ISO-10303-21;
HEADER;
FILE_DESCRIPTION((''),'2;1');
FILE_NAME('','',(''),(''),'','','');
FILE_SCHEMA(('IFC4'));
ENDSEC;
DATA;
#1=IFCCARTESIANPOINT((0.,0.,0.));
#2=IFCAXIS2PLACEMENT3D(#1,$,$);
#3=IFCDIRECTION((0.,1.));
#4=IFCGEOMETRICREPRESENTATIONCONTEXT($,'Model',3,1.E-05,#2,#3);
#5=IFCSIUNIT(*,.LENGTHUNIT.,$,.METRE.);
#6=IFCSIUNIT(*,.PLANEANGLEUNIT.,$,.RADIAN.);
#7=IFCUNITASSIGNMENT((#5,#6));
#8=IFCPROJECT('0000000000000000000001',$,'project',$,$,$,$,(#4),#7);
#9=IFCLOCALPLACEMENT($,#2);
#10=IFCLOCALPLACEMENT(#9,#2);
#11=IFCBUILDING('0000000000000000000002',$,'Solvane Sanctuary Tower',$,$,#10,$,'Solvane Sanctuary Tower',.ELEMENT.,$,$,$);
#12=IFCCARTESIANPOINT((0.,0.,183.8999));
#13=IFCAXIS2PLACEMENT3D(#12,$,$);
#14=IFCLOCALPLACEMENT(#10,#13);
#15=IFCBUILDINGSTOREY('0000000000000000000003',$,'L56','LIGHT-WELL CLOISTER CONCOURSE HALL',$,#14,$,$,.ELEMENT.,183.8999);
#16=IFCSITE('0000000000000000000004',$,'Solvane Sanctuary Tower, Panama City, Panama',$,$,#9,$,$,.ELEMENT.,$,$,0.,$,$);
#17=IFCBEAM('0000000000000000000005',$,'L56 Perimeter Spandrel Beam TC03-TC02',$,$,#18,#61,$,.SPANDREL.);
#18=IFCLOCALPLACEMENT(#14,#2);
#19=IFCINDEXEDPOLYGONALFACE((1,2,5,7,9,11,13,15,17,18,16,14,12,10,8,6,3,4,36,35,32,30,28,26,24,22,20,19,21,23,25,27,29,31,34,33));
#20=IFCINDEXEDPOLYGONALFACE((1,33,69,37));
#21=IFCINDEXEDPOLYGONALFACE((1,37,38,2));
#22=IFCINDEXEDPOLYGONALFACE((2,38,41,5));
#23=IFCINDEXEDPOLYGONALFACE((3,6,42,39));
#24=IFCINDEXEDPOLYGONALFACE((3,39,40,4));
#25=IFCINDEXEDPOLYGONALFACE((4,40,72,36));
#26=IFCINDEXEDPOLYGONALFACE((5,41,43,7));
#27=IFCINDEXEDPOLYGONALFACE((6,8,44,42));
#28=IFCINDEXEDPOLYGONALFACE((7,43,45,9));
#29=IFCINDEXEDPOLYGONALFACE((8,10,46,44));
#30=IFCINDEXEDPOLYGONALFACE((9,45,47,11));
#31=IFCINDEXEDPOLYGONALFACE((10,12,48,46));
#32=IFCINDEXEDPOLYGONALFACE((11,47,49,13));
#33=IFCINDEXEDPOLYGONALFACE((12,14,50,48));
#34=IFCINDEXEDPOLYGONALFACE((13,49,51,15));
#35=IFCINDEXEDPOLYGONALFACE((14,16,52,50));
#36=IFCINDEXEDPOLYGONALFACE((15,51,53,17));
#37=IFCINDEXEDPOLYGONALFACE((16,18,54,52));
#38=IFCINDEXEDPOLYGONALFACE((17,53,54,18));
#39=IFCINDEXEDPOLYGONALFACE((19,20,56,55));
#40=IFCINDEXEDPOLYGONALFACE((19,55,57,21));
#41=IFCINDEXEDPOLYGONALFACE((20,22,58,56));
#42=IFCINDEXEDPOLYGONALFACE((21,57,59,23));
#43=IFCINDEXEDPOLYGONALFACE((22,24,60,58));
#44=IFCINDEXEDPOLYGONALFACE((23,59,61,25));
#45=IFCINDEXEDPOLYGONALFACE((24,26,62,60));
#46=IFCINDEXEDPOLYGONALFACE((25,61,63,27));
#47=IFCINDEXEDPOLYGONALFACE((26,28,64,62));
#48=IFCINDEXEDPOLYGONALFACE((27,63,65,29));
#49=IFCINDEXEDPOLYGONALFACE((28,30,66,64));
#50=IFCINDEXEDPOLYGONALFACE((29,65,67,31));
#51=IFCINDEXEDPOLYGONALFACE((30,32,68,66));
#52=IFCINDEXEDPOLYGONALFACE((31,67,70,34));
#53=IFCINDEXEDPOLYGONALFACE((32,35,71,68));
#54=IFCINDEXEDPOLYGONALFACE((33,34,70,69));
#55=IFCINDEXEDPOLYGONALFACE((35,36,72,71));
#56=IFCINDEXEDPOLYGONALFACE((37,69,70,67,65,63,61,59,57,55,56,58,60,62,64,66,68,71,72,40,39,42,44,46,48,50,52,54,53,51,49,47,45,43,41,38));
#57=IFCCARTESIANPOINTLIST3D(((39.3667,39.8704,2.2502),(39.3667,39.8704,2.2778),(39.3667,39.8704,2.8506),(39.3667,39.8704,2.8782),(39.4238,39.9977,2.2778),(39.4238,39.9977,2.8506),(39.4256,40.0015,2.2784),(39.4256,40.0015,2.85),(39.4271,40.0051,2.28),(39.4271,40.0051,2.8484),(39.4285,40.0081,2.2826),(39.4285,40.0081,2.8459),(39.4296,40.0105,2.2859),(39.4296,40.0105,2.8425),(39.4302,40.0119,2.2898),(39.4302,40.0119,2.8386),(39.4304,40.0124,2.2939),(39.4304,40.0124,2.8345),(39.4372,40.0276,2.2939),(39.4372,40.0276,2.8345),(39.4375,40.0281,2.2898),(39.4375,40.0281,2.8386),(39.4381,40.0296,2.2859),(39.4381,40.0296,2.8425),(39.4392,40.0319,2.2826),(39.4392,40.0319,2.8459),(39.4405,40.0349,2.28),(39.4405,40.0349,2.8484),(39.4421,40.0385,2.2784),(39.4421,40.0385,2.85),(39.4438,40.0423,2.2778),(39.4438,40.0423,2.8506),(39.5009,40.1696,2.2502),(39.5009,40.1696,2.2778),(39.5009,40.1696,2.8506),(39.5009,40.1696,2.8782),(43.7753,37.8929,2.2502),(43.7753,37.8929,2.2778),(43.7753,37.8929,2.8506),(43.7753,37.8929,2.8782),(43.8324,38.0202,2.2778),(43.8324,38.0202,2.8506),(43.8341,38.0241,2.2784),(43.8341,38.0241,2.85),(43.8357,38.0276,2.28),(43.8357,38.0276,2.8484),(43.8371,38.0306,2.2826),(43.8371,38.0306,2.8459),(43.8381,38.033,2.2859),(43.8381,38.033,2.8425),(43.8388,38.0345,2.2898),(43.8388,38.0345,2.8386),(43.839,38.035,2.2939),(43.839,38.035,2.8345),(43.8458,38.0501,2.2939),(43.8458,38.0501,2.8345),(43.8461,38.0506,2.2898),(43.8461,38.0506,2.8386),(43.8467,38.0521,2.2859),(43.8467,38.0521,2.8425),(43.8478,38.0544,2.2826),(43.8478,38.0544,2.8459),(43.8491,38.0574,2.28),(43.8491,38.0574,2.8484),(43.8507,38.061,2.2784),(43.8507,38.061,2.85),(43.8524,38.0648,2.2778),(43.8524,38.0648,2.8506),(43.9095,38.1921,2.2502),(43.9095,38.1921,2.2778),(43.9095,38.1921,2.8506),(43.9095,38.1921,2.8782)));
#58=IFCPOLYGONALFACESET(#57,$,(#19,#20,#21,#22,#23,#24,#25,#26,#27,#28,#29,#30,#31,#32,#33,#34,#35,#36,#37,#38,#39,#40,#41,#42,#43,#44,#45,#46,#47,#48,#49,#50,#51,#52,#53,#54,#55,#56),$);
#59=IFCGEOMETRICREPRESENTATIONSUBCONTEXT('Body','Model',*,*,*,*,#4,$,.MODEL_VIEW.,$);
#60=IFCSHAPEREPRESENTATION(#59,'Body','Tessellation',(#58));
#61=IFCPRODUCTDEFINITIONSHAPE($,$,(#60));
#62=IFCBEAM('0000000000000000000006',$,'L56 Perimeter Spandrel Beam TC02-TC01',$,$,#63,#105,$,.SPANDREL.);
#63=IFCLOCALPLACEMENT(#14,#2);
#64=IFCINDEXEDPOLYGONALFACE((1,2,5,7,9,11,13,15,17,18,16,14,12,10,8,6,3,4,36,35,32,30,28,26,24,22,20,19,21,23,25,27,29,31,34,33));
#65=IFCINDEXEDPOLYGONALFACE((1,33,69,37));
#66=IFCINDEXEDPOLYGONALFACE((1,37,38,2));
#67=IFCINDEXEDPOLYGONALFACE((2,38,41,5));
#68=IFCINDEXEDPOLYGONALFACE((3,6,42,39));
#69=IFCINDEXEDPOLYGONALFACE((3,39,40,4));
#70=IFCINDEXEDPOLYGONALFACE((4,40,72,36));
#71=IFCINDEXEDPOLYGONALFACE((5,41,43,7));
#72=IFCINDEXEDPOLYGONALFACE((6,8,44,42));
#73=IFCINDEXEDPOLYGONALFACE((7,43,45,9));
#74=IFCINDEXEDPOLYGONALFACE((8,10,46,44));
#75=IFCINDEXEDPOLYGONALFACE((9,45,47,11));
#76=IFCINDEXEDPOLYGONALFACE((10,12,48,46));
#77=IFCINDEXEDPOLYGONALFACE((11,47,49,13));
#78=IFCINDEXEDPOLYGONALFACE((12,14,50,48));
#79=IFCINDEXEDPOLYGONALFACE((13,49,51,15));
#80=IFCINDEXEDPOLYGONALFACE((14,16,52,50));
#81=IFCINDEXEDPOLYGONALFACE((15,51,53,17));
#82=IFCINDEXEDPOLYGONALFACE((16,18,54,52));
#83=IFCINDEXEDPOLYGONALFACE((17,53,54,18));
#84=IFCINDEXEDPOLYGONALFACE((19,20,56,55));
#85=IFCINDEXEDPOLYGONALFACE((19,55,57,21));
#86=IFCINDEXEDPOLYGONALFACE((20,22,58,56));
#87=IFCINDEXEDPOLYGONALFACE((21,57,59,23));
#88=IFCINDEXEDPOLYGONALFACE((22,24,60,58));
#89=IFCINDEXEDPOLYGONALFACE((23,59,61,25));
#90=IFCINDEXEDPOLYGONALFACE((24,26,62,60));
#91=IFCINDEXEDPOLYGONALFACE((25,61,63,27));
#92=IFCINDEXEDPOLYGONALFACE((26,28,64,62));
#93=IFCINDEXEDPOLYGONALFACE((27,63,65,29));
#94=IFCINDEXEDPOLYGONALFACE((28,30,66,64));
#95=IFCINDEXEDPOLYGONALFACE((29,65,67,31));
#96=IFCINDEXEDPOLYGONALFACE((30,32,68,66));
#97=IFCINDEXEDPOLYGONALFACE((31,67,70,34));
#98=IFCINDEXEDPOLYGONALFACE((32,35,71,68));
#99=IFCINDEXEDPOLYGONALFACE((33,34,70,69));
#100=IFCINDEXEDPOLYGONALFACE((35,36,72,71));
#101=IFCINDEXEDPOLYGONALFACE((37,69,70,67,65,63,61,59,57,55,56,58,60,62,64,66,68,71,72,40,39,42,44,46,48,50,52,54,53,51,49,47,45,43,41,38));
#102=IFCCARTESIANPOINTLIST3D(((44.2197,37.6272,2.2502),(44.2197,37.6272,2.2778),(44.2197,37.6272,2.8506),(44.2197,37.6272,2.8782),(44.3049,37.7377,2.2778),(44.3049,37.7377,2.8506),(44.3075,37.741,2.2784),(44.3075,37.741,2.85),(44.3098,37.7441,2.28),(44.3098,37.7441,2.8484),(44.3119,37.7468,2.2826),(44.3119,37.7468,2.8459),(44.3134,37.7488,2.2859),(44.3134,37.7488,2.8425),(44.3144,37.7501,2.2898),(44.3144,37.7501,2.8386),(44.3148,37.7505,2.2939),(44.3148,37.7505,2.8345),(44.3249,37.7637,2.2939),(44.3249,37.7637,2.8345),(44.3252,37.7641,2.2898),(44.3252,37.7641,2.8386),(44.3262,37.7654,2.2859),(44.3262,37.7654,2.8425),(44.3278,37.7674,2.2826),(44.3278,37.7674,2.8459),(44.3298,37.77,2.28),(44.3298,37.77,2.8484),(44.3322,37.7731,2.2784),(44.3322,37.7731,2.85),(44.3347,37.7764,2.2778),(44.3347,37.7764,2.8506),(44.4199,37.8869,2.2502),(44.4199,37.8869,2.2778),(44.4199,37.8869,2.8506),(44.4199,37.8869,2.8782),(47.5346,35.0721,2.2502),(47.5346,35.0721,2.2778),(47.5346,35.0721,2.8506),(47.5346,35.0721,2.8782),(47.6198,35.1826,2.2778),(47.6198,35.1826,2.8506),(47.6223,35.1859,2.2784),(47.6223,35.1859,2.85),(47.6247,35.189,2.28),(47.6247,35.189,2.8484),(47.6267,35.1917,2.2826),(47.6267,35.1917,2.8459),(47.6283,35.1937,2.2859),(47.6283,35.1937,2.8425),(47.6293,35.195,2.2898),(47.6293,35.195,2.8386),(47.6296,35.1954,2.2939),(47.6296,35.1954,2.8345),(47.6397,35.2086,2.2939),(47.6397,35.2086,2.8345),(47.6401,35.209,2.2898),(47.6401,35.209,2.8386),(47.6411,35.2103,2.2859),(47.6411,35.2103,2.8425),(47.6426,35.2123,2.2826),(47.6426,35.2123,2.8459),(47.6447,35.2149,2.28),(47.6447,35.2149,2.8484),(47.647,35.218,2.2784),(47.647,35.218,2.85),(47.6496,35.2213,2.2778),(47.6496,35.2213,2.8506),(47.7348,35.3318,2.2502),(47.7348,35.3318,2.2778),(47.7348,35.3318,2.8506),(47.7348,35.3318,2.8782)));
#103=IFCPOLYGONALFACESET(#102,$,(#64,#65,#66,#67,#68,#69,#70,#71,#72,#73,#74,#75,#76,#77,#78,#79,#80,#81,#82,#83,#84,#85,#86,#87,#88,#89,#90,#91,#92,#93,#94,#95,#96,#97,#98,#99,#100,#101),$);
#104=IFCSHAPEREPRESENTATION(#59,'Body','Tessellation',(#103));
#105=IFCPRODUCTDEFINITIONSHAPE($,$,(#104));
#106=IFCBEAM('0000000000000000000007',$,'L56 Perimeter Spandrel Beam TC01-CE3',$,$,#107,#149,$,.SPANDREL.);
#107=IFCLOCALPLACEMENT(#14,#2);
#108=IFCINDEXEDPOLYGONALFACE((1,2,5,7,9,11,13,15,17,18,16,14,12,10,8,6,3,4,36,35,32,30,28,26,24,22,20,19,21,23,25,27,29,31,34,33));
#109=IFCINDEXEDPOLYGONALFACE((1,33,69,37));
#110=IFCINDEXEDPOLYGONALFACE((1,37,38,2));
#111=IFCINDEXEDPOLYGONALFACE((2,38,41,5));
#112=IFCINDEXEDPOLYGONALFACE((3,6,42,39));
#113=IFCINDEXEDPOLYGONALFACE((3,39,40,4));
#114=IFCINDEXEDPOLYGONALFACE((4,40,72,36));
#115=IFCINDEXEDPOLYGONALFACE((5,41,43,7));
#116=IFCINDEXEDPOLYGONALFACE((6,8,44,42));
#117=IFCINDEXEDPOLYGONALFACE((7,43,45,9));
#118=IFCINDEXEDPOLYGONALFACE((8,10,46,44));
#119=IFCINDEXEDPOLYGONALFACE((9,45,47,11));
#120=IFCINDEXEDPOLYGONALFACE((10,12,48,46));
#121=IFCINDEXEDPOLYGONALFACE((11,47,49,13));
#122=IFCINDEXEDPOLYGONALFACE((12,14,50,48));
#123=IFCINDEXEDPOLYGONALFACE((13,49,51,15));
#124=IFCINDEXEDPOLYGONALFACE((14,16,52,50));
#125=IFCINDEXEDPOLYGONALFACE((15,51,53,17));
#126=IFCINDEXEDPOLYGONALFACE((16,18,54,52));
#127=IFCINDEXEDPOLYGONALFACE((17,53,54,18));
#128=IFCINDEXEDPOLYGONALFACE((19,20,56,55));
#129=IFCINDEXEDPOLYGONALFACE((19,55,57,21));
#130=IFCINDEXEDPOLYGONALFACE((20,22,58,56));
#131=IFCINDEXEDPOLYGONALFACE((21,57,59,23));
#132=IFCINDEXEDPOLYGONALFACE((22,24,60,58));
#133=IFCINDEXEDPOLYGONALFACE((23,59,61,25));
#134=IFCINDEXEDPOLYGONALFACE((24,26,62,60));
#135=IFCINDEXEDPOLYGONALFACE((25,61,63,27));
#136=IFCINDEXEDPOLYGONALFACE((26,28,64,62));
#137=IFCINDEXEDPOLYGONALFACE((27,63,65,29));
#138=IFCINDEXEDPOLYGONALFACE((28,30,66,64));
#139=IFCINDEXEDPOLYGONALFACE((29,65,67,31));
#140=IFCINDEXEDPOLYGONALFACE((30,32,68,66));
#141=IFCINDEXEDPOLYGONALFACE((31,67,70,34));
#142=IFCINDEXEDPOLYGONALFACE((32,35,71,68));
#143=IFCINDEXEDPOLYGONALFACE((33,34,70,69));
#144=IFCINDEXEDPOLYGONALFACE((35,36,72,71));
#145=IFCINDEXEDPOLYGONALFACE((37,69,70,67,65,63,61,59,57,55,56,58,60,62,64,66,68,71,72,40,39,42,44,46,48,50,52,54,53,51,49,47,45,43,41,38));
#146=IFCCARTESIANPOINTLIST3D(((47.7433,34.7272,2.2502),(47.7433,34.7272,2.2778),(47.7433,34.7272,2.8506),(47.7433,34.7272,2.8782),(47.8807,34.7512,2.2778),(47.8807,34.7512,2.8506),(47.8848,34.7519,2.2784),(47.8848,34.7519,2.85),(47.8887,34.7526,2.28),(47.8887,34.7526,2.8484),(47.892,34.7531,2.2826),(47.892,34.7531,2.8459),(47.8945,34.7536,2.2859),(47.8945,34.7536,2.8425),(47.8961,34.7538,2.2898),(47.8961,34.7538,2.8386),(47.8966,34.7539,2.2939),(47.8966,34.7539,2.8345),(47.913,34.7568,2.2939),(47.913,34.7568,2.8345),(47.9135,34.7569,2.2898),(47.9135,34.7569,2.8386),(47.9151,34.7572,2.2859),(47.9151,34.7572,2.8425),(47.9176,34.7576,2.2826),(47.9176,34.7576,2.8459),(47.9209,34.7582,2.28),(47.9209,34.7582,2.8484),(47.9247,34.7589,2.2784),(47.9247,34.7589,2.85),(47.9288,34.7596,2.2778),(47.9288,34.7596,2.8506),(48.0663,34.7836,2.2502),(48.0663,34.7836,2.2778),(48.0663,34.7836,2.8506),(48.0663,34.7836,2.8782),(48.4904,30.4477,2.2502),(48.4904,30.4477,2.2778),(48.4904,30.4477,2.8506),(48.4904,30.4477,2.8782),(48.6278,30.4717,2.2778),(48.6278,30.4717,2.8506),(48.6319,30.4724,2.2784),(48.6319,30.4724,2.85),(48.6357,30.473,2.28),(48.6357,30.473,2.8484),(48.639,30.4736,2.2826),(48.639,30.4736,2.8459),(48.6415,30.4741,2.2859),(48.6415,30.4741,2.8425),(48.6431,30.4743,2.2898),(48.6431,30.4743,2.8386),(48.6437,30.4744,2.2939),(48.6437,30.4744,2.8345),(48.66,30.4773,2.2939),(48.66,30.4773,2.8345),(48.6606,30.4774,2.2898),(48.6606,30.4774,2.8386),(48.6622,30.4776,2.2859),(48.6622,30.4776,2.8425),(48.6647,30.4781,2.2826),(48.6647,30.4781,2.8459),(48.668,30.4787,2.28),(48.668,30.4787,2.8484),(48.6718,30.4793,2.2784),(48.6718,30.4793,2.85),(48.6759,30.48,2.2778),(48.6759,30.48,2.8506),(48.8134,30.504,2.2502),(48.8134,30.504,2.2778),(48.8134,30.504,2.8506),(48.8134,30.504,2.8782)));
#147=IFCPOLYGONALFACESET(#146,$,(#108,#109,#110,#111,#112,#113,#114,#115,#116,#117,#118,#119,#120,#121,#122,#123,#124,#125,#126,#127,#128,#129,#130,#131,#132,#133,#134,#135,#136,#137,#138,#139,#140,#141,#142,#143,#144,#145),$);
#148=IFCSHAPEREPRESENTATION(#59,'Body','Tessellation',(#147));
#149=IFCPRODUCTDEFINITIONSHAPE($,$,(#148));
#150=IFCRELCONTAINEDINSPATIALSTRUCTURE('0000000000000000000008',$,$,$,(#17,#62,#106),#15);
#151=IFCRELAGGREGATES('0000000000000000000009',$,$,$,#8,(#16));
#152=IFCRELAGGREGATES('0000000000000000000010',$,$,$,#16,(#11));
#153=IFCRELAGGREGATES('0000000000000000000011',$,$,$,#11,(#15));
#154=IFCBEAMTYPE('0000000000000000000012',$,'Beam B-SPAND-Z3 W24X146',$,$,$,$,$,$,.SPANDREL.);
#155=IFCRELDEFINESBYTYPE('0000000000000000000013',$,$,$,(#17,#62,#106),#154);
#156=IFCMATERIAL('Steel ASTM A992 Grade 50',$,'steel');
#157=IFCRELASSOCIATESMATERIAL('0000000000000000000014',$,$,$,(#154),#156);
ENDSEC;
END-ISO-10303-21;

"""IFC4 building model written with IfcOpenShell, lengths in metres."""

from ifc_helpers import new_model, si_unit, direction, frame, origin, origin_2d, place, context, subcontext, project, spatial, i_section, extrude, material, material_profile, profile_set, type_object, element, save


model = new_model("IFC4")

# Units and contexts
model_context = context("Model", 3, precision=1e-05, world=origin(), true_north=direction((0.0, 1.0)))
body_context = subcontext(model_context, "Body", "Model", "MODEL_VIEW")
ifc_project = project(units=[si_unit("LENGTHUNIT", "METRE"), si_unit("PLANEANGLEUNIT", "RADIAN")], contexts=[model_context])

# Site, building, storey
site_placement = place(None, origin())
site = spatial("IfcSite", under=ifc_project, at=site_placement, Name="Solvane Sanctuary Tower, Panama City, Panama", CompositionType="ELEMENT", RefElevation=0.0)
building_placement = place(site_placement, origin())
building = spatial("IfcBuilding", under=site, at=building_placement, Name="Solvane Sanctuary Tower", LongName="Solvane Sanctuary Tower", CompositionType="ELEMENT")
storey_placement = place(building_placement, frame((0.0, 0.0, 183.8999)))
storey = spatial("IfcBuildingStorey", under=building, at=storey_placement, Name="L56", Description="LIGHT-WELL CLOISTER CONCOURSE HALL", CompositionType="ELEMENT", Elevation=183.8999)

# Beams
ifc_material_1 = material(Name="Steel ASTM A992 Grade 50", Category="steel")
ifc_material_profile_1 = material_profile(ifc_material_1, i_section(OverallWidth=0.3279, OverallDepth=0.6279, WebThickness=0.0166, FlangeThickness=0.0276, FilletRadius=0.0161, at=origin_2d()), Name="W24X146")
ifc_profile_set_1 = profile_set([ifc_material_profile_1], Name="Steel ASTM A992 Grade 50")
beam_type_1 = type_object("IfcBeamType", Name="Beam B-SPAND-Z3 W24X146", PredefinedType="SPANDREL", material=ifc_profile_set_1)
beam_1_placement = place(storey_placement, frame((39.4338, 40.02, 2.5642), z_axis=(0.912414, -0.409268, 0.0), x_axis=(0.409268, 0.912414, 0.0)))
element("IfcBeam", 1, at=beam_1_placement, inside=storey, type_object=beam_type_1, Name="L56 Perimeter Spandrel Beam TC03-TC02", PredefinedType="SPANDREL", context=body_context, shape_type="SweptSolid", body=[
    extrude(i_section(OverallWidth=0.3279, OverallDepth=0.6279, WebThickness=0.0166, FlangeThickness=0.0276, FilletRadius=0.0161, at=origin_2d()), origin(), (0.0, 0.0, 1.0), 4.8318),
])
beam_2_placement = place(storey_placement, frame((44.3198, 37.7571, 2.5642), z_axis=(0.792021, -0.610494, 0.0), x_axis=(0.610494, 0.792021, 0.0)))
element("IfcBeam", 2, at=beam_2_placement, inside=storey, type_object=beam_type_1, Name="L56 Perimeter Spandrel Beam TC02-TC01", PredefinedType="SPANDREL", context=body_context, shape_type="SweptSolid", body=[
    extrude(i_section(OverallWidth=0.3279, OverallDepth=0.6279, WebThickness=0.0166, FlangeThickness=0.0276, FilletRadius=0.0161, at=origin_2d()), origin(), (0.0, 0.0, 1.0), 4.1853),
])
beam_3_placement = place(storey_placement, frame((47.9048, 34.7554, 2.5642), z_axis=(0.171967, -0.985103, 0.0), x_axis=(0.985103, 0.171967, 0.0)))
element("IfcBeam", 3, at=beam_3_placement, inside=storey, type_object=beam_type_1, Name="L56 Perimeter Spandrel Beam TC01-CE3", PredefinedType="SPANDREL", context=body_context, shape_type="SweptSolid", body=[
    extrude(i_section(OverallWidth=0.3279, OverallDepth=0.6279, WebThickness=0.0166, FlangeThickness=0.0276, FilletRadius=0.0161, at=origin_2d()), origin(), (0.0, 0.0, 1.0), 4.3442),
])

save(model, "model.ifc")
